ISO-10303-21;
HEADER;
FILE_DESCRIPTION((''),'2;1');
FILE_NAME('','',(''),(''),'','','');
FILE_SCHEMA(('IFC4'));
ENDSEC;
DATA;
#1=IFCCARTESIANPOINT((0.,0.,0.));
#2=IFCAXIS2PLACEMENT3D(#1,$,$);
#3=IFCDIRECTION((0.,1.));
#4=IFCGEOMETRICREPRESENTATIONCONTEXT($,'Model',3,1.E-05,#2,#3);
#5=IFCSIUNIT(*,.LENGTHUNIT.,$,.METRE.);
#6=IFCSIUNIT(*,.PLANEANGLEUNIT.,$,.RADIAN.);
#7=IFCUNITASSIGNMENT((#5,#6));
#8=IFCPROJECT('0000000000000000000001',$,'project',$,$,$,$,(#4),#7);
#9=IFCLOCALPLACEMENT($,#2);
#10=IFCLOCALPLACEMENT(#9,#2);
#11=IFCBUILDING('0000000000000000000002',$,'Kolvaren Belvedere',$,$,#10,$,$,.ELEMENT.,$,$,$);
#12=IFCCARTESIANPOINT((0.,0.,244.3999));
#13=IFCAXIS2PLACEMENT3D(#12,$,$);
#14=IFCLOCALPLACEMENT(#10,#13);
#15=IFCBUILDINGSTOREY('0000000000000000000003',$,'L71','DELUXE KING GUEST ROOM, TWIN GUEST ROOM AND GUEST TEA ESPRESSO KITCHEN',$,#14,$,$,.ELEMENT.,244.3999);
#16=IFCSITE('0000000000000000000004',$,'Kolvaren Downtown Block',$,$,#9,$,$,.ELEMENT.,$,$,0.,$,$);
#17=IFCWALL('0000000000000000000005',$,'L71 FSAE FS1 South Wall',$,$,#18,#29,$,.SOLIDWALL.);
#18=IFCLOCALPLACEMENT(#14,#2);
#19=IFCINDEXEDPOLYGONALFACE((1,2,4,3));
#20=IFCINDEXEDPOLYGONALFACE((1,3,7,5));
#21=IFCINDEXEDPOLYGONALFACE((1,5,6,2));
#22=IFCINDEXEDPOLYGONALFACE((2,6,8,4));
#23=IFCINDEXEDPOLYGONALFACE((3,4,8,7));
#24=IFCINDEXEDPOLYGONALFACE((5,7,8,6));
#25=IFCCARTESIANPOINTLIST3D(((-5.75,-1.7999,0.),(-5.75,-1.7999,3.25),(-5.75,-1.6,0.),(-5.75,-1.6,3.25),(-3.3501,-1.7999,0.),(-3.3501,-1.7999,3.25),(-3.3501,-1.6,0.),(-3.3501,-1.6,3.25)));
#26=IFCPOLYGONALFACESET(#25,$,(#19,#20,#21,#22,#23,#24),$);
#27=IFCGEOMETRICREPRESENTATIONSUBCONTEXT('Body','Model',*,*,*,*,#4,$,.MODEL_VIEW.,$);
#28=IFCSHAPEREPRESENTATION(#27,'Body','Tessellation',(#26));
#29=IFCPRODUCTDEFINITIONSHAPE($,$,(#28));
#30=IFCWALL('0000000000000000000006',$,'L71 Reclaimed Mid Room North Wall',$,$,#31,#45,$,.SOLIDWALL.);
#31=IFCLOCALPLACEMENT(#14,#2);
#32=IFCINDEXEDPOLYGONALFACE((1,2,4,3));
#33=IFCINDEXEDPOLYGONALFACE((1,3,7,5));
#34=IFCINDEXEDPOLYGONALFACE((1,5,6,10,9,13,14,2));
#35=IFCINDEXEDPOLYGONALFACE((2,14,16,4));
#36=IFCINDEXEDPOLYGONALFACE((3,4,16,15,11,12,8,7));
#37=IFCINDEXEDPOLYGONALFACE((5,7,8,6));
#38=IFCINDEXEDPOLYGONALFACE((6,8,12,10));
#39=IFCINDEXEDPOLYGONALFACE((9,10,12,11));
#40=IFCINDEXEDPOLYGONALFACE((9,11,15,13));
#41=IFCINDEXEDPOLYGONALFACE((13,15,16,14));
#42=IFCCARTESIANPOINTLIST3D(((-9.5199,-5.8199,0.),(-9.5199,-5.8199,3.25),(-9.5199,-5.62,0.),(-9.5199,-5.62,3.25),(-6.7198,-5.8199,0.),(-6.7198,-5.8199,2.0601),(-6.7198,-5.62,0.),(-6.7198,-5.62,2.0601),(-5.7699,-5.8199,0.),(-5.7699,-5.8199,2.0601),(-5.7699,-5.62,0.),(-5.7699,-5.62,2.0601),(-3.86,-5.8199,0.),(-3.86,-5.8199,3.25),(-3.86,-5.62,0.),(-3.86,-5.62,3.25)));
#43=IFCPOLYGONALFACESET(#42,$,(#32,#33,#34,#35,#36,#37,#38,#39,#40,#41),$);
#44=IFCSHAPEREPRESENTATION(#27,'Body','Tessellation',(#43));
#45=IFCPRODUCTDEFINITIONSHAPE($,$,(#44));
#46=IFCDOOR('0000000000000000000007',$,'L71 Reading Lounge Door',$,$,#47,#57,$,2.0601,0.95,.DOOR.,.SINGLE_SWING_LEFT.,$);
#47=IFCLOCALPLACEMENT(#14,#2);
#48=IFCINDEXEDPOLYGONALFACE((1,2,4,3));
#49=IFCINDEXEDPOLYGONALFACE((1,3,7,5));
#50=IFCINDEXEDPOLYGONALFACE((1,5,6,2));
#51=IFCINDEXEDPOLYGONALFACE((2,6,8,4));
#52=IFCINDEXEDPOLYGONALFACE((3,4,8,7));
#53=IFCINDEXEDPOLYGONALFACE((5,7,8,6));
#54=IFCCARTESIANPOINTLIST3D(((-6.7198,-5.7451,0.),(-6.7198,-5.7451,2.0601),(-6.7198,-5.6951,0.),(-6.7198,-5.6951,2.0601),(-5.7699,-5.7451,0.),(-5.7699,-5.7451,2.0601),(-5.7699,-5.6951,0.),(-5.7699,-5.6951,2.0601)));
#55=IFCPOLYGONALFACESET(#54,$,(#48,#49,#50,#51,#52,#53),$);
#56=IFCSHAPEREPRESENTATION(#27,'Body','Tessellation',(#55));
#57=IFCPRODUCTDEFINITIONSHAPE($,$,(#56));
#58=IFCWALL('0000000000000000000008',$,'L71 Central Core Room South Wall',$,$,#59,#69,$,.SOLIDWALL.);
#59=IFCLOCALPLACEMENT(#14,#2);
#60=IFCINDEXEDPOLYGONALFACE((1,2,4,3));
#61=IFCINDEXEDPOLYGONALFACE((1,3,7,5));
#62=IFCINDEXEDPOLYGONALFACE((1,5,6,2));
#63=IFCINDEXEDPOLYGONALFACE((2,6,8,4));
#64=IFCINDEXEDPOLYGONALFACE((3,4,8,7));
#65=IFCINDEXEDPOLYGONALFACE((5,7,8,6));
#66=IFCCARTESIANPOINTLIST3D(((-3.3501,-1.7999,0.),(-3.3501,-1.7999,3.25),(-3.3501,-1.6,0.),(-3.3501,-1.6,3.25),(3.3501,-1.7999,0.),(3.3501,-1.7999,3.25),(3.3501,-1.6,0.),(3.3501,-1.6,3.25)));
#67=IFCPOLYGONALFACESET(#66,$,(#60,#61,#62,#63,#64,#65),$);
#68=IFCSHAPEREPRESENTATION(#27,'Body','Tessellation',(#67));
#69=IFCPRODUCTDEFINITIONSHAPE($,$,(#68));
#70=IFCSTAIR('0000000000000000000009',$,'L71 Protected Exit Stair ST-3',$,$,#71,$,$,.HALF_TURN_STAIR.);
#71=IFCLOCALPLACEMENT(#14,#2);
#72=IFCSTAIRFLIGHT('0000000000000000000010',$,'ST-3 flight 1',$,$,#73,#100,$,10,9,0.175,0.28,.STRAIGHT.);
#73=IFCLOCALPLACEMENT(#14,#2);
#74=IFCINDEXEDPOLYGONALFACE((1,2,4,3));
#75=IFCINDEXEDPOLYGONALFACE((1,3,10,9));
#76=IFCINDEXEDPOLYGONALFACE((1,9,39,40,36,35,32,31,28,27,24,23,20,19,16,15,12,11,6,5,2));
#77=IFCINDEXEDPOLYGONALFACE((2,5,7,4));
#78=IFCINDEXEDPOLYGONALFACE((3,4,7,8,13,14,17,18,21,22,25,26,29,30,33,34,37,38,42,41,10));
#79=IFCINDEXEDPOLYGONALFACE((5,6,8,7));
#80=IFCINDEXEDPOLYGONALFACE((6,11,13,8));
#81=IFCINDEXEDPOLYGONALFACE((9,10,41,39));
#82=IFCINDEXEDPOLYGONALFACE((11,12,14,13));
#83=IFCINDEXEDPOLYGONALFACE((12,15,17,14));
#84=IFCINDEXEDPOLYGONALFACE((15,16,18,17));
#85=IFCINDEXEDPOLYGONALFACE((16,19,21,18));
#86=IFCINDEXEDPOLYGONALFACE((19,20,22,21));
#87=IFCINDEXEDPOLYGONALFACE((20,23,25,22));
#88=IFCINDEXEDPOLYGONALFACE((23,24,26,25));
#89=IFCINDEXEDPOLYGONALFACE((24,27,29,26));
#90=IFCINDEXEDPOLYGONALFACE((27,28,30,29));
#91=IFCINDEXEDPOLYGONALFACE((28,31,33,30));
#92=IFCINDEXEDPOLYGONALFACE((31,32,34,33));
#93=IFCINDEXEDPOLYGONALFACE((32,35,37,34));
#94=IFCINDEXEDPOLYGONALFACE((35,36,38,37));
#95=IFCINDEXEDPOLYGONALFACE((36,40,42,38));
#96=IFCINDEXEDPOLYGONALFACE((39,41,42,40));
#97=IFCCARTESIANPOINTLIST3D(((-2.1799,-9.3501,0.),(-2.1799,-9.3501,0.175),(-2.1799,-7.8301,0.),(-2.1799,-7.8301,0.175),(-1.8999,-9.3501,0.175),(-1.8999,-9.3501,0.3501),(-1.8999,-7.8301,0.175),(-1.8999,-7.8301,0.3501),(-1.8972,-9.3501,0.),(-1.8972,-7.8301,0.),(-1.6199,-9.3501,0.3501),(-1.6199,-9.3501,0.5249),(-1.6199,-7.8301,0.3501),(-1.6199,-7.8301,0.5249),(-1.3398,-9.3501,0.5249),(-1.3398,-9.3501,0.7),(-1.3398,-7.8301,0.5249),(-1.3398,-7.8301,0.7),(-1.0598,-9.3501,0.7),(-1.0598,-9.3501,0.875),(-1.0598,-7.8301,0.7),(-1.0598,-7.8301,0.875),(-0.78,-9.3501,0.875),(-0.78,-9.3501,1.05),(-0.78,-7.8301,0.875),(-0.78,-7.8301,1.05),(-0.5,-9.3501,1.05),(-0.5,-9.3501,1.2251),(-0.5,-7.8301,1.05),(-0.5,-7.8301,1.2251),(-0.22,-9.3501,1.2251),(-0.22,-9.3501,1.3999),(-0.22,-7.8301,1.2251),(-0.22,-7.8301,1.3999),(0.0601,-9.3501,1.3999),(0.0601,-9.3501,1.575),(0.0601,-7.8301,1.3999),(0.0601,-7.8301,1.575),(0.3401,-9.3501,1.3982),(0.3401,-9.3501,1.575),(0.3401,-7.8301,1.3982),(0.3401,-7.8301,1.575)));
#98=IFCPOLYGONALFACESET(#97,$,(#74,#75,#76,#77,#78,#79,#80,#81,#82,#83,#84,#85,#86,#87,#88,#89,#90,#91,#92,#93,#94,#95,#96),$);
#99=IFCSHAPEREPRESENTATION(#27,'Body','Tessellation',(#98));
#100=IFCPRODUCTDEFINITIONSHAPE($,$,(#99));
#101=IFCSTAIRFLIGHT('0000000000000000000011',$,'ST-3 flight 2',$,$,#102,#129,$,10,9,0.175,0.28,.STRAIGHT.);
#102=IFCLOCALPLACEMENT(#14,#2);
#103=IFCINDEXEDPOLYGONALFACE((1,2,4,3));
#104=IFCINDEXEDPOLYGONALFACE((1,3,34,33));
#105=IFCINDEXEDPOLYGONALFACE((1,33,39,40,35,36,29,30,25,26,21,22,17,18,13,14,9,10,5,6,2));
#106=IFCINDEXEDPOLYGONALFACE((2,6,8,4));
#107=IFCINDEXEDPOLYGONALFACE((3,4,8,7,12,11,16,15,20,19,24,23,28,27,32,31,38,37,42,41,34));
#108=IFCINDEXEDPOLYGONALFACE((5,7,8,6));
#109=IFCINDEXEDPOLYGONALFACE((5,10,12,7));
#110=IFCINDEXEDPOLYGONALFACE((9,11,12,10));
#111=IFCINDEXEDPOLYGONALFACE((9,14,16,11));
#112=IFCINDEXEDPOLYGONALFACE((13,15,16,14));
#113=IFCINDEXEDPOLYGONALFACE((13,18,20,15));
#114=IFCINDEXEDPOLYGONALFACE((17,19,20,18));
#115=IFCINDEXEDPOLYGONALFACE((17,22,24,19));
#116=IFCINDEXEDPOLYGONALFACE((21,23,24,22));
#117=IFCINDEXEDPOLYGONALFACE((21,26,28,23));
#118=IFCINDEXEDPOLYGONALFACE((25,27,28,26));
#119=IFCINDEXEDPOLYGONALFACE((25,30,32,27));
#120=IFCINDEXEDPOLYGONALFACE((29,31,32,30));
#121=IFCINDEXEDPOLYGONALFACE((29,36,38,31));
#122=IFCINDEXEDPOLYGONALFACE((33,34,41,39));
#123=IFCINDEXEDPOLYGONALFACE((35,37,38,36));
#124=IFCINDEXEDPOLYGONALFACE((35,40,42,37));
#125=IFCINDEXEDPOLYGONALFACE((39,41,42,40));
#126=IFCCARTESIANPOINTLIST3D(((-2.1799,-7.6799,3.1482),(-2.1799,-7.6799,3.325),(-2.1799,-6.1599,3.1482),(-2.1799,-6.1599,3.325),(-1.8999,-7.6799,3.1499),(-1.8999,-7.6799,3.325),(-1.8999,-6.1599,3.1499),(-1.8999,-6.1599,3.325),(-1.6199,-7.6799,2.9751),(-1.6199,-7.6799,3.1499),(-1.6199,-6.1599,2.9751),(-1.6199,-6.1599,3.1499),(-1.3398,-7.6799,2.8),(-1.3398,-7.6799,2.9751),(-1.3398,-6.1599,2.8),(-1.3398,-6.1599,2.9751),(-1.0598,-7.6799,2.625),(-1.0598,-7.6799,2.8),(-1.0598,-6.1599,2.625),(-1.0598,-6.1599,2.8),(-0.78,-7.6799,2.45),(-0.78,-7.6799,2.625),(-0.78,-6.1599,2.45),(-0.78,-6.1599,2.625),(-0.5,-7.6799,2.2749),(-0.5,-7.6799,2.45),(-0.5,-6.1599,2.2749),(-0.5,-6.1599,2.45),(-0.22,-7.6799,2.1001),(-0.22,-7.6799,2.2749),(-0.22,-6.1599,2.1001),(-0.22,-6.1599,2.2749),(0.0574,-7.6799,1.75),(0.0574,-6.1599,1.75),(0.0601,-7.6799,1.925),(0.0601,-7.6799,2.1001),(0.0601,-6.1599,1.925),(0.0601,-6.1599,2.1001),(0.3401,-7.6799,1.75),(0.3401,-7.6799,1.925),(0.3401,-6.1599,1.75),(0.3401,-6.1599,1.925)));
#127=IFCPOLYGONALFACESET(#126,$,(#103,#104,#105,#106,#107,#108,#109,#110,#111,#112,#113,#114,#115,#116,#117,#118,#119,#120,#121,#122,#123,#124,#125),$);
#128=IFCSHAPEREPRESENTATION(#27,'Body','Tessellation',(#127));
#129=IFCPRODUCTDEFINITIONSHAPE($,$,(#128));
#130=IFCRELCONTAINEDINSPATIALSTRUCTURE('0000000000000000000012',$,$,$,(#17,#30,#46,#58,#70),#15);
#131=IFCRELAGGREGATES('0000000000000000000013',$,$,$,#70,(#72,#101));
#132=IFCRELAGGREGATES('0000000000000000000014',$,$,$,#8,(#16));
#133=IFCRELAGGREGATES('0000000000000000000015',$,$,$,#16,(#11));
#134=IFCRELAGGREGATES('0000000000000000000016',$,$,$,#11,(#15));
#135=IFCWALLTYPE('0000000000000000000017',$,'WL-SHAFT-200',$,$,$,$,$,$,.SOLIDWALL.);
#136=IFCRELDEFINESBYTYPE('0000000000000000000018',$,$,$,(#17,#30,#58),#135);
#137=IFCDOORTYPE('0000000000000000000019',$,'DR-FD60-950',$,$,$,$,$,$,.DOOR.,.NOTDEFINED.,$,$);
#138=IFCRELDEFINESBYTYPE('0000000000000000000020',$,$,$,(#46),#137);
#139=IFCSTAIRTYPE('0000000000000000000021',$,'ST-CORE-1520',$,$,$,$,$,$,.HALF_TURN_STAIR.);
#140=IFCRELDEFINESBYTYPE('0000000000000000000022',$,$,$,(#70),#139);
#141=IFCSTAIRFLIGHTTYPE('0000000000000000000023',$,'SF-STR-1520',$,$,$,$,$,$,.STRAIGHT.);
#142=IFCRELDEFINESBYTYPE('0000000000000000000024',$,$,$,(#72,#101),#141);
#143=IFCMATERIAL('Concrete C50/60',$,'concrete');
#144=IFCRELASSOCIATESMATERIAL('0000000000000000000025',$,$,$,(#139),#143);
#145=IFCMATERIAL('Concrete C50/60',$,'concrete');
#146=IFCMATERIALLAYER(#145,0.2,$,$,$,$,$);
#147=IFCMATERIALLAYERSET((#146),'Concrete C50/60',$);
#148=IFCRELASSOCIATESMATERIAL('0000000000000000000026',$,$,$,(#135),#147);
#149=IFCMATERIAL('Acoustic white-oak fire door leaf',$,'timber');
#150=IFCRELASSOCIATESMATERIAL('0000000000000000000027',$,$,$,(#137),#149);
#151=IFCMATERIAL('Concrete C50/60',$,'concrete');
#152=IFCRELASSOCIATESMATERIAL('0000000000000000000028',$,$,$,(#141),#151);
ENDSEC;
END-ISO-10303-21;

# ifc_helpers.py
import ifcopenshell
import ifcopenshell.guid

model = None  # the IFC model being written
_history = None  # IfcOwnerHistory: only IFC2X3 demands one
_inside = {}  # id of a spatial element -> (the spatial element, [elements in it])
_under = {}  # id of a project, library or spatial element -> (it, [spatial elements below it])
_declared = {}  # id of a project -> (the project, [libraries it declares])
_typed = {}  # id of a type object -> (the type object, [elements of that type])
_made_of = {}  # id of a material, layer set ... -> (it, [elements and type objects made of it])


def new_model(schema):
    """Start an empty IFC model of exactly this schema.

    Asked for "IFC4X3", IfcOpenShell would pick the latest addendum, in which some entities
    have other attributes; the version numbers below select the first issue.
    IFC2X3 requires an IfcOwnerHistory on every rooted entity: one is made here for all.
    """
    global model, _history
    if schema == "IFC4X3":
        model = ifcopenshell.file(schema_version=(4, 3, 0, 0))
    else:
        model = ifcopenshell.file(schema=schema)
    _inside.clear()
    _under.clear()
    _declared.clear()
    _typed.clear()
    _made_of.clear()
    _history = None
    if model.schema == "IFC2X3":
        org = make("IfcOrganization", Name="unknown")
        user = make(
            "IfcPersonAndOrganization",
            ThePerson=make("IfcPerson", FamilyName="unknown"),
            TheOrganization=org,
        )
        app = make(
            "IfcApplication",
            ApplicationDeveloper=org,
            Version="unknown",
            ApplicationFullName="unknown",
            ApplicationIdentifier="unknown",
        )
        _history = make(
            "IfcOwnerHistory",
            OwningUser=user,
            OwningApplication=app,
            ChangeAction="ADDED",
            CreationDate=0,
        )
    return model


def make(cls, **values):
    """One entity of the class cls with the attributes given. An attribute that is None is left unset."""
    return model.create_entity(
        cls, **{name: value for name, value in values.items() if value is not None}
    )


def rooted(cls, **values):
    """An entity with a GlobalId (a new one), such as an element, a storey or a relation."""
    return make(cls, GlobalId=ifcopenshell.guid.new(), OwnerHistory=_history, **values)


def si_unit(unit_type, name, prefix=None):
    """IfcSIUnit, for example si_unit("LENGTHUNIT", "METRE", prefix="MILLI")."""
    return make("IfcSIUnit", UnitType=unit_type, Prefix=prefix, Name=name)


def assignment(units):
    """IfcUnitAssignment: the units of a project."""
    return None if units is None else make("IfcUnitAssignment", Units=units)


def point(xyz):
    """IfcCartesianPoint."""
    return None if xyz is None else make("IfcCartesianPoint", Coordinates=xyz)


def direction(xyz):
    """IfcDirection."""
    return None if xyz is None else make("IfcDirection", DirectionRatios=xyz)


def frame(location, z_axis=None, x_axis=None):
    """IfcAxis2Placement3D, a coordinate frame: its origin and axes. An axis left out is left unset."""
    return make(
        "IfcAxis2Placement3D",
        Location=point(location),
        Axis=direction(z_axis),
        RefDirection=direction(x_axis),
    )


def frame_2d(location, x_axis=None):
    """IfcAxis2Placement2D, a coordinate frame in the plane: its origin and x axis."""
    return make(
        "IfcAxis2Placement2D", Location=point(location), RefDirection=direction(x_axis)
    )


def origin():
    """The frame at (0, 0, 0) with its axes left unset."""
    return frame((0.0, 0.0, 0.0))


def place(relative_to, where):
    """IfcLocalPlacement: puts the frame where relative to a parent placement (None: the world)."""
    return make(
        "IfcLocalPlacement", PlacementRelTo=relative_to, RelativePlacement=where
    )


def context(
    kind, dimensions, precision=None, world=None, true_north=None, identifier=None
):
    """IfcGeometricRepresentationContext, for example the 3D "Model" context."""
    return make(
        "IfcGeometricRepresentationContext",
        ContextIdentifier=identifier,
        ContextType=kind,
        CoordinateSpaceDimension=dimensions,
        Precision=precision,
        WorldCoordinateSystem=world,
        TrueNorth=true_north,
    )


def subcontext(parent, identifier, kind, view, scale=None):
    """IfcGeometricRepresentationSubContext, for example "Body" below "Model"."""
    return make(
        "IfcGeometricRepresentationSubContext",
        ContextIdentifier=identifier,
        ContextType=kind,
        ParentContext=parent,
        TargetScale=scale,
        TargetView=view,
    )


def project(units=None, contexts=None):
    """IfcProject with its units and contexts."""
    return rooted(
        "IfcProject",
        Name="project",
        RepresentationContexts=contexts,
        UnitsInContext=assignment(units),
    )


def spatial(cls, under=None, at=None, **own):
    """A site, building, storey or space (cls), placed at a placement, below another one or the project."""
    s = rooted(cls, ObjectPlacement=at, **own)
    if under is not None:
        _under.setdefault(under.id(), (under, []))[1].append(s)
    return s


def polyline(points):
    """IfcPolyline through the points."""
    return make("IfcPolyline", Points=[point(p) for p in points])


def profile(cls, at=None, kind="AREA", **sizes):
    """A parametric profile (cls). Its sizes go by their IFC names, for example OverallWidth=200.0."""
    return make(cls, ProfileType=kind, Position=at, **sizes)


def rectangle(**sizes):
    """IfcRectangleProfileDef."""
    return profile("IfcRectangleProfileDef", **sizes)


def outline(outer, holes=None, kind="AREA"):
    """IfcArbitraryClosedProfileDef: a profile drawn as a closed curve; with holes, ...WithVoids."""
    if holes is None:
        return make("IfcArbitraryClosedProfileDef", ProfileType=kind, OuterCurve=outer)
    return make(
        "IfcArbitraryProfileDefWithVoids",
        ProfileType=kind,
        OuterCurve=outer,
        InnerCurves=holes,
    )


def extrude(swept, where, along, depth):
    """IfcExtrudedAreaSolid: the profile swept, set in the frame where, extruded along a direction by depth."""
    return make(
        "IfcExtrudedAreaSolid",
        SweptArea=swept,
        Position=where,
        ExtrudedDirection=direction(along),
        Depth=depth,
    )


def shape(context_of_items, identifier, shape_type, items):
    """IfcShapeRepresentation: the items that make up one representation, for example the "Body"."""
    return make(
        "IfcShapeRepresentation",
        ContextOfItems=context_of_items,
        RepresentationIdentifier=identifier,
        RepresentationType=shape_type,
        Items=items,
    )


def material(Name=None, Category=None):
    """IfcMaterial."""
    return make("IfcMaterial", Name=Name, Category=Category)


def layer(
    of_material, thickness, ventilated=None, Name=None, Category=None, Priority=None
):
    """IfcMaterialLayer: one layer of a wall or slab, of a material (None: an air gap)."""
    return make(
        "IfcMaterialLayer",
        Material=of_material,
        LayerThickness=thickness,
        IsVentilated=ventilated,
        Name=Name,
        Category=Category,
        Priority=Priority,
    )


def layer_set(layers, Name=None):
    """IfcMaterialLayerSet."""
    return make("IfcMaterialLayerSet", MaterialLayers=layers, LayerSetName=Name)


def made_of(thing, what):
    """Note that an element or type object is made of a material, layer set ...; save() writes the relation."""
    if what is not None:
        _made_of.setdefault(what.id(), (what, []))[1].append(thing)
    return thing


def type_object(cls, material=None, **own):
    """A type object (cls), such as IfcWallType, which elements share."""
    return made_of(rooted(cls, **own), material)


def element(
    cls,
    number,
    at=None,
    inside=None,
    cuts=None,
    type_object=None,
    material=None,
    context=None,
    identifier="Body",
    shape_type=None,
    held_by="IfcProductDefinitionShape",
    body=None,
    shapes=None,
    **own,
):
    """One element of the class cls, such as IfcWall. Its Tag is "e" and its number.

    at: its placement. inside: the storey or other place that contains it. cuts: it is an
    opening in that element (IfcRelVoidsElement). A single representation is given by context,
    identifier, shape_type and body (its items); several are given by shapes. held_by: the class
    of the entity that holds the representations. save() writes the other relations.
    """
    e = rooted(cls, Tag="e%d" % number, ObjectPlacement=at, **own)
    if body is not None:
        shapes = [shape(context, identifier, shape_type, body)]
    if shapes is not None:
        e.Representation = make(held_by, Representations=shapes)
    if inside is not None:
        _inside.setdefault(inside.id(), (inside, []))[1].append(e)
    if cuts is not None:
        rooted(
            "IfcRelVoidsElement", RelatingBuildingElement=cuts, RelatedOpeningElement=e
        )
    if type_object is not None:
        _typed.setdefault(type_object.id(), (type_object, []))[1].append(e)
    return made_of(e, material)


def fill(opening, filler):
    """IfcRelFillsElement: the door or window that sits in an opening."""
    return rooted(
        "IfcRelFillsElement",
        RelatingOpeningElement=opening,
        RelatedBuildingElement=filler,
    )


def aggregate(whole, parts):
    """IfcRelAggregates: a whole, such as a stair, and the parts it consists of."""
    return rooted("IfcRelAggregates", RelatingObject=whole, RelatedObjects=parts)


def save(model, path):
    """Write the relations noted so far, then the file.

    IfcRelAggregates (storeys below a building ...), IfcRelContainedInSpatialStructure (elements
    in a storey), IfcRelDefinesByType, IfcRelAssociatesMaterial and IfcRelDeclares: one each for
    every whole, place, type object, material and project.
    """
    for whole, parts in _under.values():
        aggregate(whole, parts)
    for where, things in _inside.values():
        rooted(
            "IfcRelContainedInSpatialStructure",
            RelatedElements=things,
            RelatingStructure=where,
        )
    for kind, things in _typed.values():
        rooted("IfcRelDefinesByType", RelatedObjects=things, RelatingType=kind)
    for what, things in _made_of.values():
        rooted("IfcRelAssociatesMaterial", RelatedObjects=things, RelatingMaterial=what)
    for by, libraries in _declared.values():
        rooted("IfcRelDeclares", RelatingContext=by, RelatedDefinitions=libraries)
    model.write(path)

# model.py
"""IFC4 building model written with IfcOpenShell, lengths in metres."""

from ifc_helpers import new_model, si_unit, direction, frame, frame_2d, origin, place, context, subcontext, project, spatial, polyline, rectangle, outline, extrude, material, layer, layer_set, type_object, element, fill, aggregate, save


model = new_model("IFC4")

# Units and contexts
model_context = context("Model", 3, precision=1e-05, world=origin(), true_north=direction((0.0, 1.0)))
body_context = subcontext(model_context, "Body", "Model", "MODEL_VIEW")
ifc_project = project(units=[si_unit("LENGTHUNIT", "METRE"), si_unit("PLANEANGLEUNIT", "RADIAN")], contexts=[model_context])

# Site, building, storey
site_placement = place(None, origin())
site = spatial("IfcSite", under=ifc_project, at=site_placement, Name="Kolvaren Downtown Block", CompositionType="ELEMENT", RefElevation=0.0)
building_placement = place(site_placement, origin())
building = spatial("IfcBuilding", under=site, at=building_placement, Name="Kolvaren Belvedere", CompositionType="ELEMENT")
storey_placement = place(building_placement, frame((0.0, 0.0, 244.3999)))
storey = spatial("IfcBuildingStorey", under=building, at=storey_placement, Name="L71", Description="DELUXE KING GUEST ROOM, TWIN GUEST ROOM AND GUEST TEA ESPRESSO KITCHEN", CompositionType="ELEMENT", Elevation=244.3999)

# Shared definitions
ifc_material_1 = material(Name="Concrete C50/60", Category="concrete")
stair_type = type_object("IfcStairType", Name="ST-CORE-1520", PredefinedType="HALF_TURN_STAIR", material=ifc_material_1)

# Shared definitions
ifc_material_2 = material(Name="Concrete C50/60", Category="concrete")
ifc_layer_1 = layer(ifc_material_2, 0.2)
ifc_layer_set_1 = layer_set([ifc_layer_1], Name="Concrete C50/60")
wall_type_1 = type_object("IfcWallType", Name="WL-SHAFT-200", PredefinedType="SOLIDWALL", material=ifc_layer_set_1)
ifc_material_3 = material(Name="Acoustic white-oak fire door leaf", Category="timber")
door_type_1 = type_object("IfcDoorType", Name="DR-FD60-950", OperationType="NOTDEFINED", PredefinedType="DOOR", material=ifc_material_3)

# Wall
wall_1_placement = place(storey_placement, frame((-5.75, -1.7, 0.0), z_axis=(0.0, 0.0, 1.0), x_axis=(1.0, 0.0, 0.0)))
element("IfcWall", 1, at=wall_1_placement, inside=storey, type_object=wall_type_1, Name="L71 FSAE FS1 South Wall", PredefinedType="SOLIDWALL", context=body_context, shape_type="SweptSolid", body=[
    extrude(rectangle(XDim=2.3999, YDim=0.2, at=frame_2d((1.2, 0.0))), origin(), (0.0, 0.0, 1.0), 3.25),
])

# Wall, opening, door
wall_2_placement = place(storey_placement, frame((-9.52, -5.72, 0.0), z_axis=(0.0, 0.0, 1.0), x_axis=(1.0, 0.0, 0.0)))
wall_2 = element("IfcWall", 2, at=wall_2_placement, inside=storey, type_object=wall_type_1, Name="L71 Reclaimed Mid Room North Wall", PredefinedType="SOLIDWALL", context=body_context, shape_type="SweptSolid", body=[
    extrude(rectangle(XDim=5.6599, YDim=0.2, at=frame_2d((2.8301, 0.0))), origin(), (0.0, 0.0, 1.0), 3.25),
])
opening_1_placement = place(wall_2_placement, frame((2.8, 0.0, 0.0)))
opening_1 = element("IfcOpeningElement", 3, at=opening_1_placement, cuts=wall_2, PredefinedType="OPENING", context=body_context, shape_type="SweptSolid", body=[
    extrude(rectangle(XDim=0.95, YDim=2.0601, at=frame_2d((0.4751, 1.03))), frame((0.0, 0.1099, 0.0), z_axis=(0.0, -1.0, 0.0), x_axis=(1.0, 0.0, 0.0)), (0.0, 0.0, 1.0), 0.22),
])
door_1_placement = place(opening_1_placement, origin())
door_1 = element("IfcDoor", 4, at=door_1_placement, inside=storey, type_object=door_type_1, Name="L71 Reading Lounge Door", OperationType="SINGLE_SWING_LEFT", OverallHeight=2.0601, OverallWidth=0.95, PredefinedType="DOOR", context=body_context, shape_type="SweptSolid", body=[
    extrude(rectangle(XDim=0.95, YDim=2.0601, at=frame_2d((0.4751, 1.03))), frame((0.0, 0.0249, 0.0), z_axis=(0.0, -1.0, 0.0), x_axis=(1.0, 0.0, 0.0)), (0.0, 0.0, 1.0), 0.05),
])
fill(opening_1, door_1)

# Wall
wall_3_placement = place(storey_placement, frame((-3.3501, -1.7, 0.0), z_axis=(0.0, 0.0, 1.0), x_axis=(1.0, 0.0, 0.0)))
element("IfcWall", 5, at=wall_3_placement, inside=storey, type_object=wall_type_1, Name="L71 Central Core Room South Wall", PredefinedType="SOLIDWALL", context=body_context, shape_type="SweptSolid", body=[
    extrude(rectangle(XDim=6.7002, YDim=0.2, at=frame_2d((3.3501, 0.0))), origin(), (0.0, 0.0, 1.0), 3.25),
])

# Stair, stair flights
stair_1_placement = place(storey_placement, origin())
stair_1 = element("IfcStair", 6, at=stair_1_placement, inside=storey, type_object=stair_type, Name="L71 Protected Exit Stair ST-3", PredefinedType="HALF_TURN_STAIR")
ifc_material_4 = material(Name="Concrete C50/60", Category="concrete")
stair_flight_type = type_object("IfcStairFlightType", Name="SF-STR-1520", PredefinedType="STRAIGHT", material=ifc_material_4)
stair_flight_1_placement = place(storey_placement, frame((-2.1799, -8.5901, 0.0), z_axis=(0.0, 0.0, 1.0), x_axis=(1.0, 0.0, 0.0)))
stair_flight_1 = element("IfcStairFlight", 7, at=stair_flight_1_placement, type_object=stair_flight_type, Name="ST-3 flight 1", NumberOfRisers=10, NumberOfTreads=9, PredefinedType="STRAIGHT", RiserHeight=0.175, TreadLength=0.28, context=body_context, shape_type="SweptSolid", body=[
    extrude(outline(polyline([(0.0, 0.0), (0.0, 0.175), (0.28, 0.175), (0.28, 0.3501), (0.5601, 0.3501), (0.5601, 0.5249), (0.8401, 0.5249), (0.8401, 0.7), (1.1201, 0.7), (1.1201, 0.875), (1.3999, 0.875), (1.3999, 1.05), (1.6799, 1.05), (1.6799, 1.2251), (1.96, 1.2251), (1.96, 1.3999), (2.24, 1.3999), (2.24, 1.575), (2.52, 1.575), (2.52, 1.75), (2.52, 1.3982), (0.2827, 0.0), (0.0, 0.0)])), frame((0.0, 0.76, 0.0), z_axis=(0.0, -1.0, 0.0), x_axis=(1.0, 0.0, 0.0)), (0.0, 0.0, 1.0), 1.52),
])
stair_flight_2_placement = place(storey_placement, frame((0.3401, -6.9199, 1.75), z_axis=(0.0, 0.0, 1.0), x_axis=(-1.0, 0.0, 0.0)))
stair_flight_2 = element("IfcStairFlight", 8, at=stair_flight_2_placement, type_object=stair_flight_type, Name="ST-3 flight 2", NumberOfRisers=10, NumberOfTreads=9, PredefinedType="STRAIGHT", RiserHeight=0.175, TreadLength=0.28, context=body_context, shape_type="SweptSolid", body=[
    extrude(outline(polyline([(0.0, 0.0), (0.0, 0.175), (0.28, 0.175), (0.28, 0.3501), (0.5601, 0.3501), (0.5601, 0.5249), (0.8401, 0.5249), (0.8401, 0.7), (1.1201, 0.7), (1.1201, 0.875), (1.3999, 0.875), (1.3999, 1.05), (1.6799, 1.05), (1.6799, 1.2251), (1.96, 1.2251), (1.96, 1.3999), (2.24, 1.3999), (2.24, 1.575), (2.52, 1.575), (2.52, 1.75), (2.52, 1.3982), (0.2827, 0.0), (0.0, 0.0)])), frame((0.0, 0.76, 0.0), z_axis=(0.0, -1.0, 0.0), x_axis=(1.0, 0.0, 0.0)), (0.0, 0.0, 1.0), 1.52),
])
aggregate(stair_1, [stair_flight_1, stair_flight_2])

save(model, "model.ifc")
